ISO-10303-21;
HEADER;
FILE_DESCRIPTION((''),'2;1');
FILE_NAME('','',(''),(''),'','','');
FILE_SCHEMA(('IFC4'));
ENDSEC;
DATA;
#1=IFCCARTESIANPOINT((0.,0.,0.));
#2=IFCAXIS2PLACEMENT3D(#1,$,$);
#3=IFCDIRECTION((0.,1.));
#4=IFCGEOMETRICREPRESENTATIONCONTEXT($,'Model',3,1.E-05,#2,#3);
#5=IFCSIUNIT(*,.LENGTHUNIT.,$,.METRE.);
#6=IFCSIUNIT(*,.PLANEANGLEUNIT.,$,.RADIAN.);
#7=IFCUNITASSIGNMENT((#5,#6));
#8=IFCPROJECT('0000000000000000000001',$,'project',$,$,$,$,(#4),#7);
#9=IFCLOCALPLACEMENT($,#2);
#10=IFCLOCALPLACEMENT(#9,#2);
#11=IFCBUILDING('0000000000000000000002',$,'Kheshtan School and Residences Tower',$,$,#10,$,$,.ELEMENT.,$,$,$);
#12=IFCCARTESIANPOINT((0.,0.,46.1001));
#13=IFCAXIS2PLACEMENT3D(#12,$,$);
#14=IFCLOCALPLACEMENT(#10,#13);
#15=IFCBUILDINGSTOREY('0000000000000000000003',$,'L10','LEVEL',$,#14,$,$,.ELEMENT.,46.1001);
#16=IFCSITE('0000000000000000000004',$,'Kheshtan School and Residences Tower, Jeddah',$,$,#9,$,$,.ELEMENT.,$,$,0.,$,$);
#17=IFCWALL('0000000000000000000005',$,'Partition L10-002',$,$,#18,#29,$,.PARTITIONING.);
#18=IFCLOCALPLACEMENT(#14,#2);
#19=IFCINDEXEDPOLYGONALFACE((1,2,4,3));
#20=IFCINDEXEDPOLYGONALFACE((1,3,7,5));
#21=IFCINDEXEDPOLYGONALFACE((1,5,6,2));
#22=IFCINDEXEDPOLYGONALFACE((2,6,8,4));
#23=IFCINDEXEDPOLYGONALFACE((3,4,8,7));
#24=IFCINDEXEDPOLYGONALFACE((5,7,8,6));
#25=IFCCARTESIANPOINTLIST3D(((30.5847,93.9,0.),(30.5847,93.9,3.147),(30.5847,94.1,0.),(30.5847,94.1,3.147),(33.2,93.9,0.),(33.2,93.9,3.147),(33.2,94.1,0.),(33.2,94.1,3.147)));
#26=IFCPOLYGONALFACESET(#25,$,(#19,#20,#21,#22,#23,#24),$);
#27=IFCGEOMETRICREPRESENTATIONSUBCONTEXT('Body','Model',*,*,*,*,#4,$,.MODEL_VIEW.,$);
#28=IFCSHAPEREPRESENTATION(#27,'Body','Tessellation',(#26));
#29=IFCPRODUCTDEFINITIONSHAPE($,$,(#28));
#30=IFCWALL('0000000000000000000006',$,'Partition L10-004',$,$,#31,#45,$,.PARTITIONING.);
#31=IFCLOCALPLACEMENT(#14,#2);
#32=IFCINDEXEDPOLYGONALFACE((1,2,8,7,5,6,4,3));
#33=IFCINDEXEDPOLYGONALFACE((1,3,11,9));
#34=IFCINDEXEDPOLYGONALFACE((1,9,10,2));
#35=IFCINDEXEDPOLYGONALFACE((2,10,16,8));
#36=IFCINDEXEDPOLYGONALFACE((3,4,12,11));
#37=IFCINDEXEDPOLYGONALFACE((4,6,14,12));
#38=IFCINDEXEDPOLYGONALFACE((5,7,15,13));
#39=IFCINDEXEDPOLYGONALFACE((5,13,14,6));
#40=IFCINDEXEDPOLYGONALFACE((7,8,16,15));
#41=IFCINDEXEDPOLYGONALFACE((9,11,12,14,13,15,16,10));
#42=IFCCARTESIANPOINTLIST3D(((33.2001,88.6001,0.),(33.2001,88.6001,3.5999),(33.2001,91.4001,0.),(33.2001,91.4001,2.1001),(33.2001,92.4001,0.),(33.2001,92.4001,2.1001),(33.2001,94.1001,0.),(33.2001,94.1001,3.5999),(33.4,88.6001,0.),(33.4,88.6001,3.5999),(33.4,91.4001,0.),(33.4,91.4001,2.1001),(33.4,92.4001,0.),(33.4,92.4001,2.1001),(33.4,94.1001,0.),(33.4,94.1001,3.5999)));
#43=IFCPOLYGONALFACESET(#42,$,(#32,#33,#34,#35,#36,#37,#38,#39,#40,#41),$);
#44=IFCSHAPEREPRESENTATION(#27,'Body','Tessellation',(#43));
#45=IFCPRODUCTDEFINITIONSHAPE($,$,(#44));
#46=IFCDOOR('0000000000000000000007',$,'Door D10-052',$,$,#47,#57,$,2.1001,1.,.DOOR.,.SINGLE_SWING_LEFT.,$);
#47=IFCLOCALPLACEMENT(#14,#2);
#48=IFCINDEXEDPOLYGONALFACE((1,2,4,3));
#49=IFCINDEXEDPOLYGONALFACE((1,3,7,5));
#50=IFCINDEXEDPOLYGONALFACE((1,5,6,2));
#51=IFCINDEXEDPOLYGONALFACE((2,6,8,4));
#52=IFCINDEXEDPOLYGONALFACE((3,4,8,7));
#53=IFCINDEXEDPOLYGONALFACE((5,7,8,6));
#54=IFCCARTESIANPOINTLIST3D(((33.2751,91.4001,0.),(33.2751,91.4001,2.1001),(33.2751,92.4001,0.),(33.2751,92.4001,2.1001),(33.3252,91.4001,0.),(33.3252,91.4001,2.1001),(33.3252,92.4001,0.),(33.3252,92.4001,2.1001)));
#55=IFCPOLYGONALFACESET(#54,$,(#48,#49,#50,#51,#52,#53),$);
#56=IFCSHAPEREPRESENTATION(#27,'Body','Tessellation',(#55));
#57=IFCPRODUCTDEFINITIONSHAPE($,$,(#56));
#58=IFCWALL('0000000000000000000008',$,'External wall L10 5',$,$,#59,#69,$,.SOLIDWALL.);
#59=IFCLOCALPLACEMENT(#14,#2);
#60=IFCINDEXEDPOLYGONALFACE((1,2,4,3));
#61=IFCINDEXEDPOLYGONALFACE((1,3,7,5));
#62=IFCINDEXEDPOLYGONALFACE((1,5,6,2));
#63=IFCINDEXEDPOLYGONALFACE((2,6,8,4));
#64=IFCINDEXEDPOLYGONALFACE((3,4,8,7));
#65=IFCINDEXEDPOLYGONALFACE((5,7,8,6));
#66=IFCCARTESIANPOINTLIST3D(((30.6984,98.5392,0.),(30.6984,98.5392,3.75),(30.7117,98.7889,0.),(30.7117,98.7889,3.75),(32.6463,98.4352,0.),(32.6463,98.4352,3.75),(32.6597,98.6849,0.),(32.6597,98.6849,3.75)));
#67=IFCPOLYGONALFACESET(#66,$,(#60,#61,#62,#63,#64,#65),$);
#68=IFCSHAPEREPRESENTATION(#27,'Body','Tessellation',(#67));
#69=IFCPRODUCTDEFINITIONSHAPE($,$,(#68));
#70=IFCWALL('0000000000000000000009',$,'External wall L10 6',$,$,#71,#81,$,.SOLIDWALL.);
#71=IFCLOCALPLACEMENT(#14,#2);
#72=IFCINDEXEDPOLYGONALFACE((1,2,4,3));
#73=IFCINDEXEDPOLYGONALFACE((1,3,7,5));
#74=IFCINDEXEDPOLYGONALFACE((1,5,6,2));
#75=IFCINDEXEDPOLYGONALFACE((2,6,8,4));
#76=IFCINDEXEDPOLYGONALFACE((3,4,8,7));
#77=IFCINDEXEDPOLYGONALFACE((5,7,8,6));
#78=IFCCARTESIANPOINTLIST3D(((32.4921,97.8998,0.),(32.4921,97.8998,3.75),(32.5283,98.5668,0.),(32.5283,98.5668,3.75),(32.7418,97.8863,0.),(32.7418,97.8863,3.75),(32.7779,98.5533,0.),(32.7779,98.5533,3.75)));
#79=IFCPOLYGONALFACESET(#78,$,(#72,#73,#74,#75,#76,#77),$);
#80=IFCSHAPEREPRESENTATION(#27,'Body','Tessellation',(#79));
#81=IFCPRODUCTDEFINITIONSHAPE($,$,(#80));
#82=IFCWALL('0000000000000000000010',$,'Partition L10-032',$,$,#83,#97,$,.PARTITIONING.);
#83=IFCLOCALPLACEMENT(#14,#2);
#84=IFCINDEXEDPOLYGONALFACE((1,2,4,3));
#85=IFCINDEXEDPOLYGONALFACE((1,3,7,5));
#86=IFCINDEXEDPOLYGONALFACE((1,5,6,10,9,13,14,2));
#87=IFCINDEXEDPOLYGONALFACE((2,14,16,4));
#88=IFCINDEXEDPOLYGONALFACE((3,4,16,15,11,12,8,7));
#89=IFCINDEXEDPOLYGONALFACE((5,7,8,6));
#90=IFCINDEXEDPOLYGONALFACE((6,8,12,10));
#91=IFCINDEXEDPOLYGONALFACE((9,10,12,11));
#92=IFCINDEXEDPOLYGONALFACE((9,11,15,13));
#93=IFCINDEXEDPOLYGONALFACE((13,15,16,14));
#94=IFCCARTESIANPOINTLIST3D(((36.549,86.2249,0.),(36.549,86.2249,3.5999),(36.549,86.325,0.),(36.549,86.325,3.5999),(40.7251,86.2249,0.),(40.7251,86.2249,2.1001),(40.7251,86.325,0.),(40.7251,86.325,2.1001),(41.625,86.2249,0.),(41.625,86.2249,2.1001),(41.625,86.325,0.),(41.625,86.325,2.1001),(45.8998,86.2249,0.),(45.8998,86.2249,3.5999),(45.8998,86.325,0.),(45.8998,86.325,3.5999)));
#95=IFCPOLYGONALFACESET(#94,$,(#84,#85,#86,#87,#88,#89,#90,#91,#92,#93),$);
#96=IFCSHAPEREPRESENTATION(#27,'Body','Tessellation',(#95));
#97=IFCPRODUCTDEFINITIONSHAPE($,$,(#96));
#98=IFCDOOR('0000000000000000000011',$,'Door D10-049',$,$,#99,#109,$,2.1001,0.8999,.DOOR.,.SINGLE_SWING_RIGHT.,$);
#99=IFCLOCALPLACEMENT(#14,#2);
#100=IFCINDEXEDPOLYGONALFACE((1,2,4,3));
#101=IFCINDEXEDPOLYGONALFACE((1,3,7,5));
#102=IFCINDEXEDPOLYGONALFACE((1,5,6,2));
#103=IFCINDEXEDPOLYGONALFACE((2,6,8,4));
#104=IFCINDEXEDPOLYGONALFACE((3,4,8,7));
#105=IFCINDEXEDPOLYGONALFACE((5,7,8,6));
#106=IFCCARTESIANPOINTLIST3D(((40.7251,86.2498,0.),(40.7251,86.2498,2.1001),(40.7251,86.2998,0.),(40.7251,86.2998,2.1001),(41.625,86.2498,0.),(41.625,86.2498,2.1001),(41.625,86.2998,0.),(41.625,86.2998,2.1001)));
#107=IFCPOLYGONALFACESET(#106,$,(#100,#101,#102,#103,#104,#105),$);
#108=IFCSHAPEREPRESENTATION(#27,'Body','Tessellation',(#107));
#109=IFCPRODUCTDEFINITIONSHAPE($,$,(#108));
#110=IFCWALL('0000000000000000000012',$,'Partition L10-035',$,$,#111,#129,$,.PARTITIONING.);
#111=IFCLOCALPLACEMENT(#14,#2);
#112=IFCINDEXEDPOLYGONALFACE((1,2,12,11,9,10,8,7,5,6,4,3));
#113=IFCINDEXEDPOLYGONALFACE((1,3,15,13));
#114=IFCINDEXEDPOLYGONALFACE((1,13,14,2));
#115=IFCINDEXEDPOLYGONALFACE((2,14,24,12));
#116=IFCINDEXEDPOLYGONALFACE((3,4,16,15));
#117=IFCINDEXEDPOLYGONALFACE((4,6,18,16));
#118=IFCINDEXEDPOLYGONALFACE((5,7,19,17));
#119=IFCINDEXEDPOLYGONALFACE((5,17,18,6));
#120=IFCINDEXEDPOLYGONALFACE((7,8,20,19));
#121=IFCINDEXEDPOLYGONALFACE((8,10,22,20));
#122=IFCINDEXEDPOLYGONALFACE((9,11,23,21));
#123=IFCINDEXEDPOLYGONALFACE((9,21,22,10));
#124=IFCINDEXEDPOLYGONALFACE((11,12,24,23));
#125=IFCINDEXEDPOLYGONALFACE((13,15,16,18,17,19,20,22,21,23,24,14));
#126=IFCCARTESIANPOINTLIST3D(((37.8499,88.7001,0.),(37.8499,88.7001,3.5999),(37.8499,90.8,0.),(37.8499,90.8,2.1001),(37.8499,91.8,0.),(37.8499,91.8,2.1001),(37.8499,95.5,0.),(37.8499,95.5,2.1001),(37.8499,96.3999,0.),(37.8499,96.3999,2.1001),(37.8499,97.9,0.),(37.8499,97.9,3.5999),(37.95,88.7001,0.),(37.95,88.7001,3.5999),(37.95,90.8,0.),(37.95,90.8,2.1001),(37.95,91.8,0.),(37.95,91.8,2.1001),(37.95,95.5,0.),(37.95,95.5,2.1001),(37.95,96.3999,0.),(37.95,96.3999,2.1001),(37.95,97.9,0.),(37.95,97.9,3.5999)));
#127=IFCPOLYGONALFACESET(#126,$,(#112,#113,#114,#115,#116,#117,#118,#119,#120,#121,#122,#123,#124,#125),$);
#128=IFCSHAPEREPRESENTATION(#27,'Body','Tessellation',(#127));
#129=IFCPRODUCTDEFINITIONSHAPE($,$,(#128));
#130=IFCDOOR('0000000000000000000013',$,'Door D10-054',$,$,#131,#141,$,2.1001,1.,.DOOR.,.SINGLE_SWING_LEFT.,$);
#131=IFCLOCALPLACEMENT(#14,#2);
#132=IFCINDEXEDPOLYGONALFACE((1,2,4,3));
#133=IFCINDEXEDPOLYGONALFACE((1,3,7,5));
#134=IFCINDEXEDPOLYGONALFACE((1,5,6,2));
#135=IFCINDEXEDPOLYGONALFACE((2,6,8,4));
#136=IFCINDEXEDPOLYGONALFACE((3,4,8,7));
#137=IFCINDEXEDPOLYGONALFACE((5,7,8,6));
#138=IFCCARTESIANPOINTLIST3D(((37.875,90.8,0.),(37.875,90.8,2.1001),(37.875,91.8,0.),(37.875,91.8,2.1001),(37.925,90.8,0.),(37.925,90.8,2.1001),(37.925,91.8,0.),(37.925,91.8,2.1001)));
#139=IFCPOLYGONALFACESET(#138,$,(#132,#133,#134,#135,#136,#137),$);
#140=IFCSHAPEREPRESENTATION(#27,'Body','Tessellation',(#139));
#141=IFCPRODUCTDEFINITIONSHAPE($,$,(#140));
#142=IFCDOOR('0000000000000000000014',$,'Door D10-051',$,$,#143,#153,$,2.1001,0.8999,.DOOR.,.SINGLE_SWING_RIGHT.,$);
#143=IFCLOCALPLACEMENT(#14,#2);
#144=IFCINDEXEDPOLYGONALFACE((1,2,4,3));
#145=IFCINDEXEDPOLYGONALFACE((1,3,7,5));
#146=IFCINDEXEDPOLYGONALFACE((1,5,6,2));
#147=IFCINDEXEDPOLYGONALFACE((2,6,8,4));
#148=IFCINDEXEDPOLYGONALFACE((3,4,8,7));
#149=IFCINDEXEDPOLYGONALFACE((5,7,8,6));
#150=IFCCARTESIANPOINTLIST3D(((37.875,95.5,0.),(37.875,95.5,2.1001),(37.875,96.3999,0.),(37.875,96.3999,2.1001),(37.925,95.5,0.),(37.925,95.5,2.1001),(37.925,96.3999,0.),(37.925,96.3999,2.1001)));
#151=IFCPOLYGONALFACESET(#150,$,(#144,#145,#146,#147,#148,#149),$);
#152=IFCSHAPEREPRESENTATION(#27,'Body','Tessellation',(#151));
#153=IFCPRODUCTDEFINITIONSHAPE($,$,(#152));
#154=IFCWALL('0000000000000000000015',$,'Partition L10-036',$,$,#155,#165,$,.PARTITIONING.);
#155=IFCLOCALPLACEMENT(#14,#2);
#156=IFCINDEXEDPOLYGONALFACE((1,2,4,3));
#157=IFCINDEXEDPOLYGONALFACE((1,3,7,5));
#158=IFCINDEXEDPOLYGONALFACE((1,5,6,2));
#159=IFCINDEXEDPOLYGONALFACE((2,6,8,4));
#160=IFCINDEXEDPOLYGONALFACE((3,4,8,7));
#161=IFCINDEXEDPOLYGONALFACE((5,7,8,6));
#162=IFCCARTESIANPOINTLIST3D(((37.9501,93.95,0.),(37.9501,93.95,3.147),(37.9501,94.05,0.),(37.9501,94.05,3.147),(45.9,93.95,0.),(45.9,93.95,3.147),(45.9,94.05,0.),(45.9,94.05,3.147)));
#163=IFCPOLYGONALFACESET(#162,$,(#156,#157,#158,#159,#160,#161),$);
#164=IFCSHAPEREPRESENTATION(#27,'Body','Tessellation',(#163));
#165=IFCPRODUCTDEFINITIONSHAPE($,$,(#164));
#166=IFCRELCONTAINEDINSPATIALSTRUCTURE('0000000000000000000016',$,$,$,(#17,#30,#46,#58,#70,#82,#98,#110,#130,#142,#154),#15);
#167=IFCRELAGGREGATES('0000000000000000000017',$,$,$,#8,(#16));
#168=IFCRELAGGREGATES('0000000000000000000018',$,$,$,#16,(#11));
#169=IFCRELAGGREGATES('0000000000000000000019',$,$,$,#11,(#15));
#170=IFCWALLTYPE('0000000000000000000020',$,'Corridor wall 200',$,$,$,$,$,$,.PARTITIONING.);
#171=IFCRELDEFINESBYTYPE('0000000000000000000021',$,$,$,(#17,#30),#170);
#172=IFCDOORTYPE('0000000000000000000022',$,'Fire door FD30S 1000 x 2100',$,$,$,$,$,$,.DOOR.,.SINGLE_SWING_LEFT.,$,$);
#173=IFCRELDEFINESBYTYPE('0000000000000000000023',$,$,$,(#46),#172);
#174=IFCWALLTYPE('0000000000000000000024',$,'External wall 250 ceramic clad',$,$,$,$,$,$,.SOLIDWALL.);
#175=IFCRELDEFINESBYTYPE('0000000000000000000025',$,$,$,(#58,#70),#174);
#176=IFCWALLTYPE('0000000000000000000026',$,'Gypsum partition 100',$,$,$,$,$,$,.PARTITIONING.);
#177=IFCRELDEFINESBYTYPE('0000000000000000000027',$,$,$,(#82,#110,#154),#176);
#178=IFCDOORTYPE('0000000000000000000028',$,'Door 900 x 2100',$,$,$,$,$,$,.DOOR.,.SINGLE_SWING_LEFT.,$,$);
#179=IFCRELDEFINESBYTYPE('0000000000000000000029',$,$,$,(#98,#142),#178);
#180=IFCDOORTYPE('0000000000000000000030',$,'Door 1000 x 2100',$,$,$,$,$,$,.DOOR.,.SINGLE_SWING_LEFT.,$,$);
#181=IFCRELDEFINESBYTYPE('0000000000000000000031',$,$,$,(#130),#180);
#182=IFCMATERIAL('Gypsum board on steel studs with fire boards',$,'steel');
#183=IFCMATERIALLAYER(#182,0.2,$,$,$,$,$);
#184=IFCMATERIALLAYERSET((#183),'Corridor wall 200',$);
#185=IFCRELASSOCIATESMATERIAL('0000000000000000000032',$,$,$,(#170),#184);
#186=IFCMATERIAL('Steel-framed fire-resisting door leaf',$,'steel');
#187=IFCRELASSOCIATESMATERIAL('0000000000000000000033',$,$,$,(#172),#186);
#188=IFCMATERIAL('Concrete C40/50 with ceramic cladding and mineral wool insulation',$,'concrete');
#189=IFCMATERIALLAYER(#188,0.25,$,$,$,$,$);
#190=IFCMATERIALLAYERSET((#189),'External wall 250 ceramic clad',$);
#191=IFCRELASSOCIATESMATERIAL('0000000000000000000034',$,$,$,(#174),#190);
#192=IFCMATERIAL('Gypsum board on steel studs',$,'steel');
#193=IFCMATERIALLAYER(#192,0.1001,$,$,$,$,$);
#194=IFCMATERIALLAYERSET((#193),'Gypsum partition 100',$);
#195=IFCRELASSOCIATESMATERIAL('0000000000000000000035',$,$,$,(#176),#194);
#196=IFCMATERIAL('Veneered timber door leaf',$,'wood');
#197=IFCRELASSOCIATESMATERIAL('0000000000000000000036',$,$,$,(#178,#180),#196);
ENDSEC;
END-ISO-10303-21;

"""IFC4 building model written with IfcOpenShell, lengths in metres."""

from ifc_helpers import new_model, si_unit, direction, frame, frame_2d, origin, place, context, subcontext, project, spatial, rectangle, extrude, source, transform, mapped, material, layer, layer_set, type_object, element, fill, save


model = new_model("IFC4")

# Units and contexts
model_context = context("Model", 3, precision=1e-05, world=origin(), true_north=direction((0.0, 1.0)))
body_context = subcontext(model_context, "Body", "Model", "MODEL_VIEW")
ifc_project = project(units=[si_unit("LENGTHUNIT", "METRE"), si_unit("PLANEANGLEUNIT", "RADIAN")], contexts=[model_context])

# Site, building, storey
site_placement = place(None, origin())
site = spatial("IfcSite", under=ifc_project, at=site_placement, Name="Kheshtan School and Residences Tower, Jeddah", CompositionType="ELEMENT", RefElevation=0.0)
building_placement = place(site_placement, origin())
building = spatial("IfcBuilding", under=site, at=building_placement, Name="Kheshtan School and Residences Tower", CompositionType="ELEMENT")
storey_placement = place(building_placement, frame((0.0, 0.0, 46.1001)))
storey = spatial("IfcBuildingStorey", under=building, at=storey_placement, Name="L10", Description="LEVEL", CompositionType="ELEMENT", Elevation=46.1001)

# Wall
ifc_material_1 = material(Name="Gypsum board on steel studs with fire boards", Category="steel")
ifc_layer_1 = layer(ifc_material_1, 0.2)
ifc_layer_set_1 = layer_set([ifc_layer_1], Name="Corridor wall 200")
wall_type_1 = type_object("IfcWallType", Name="Corridor wall 200", PredefinedType="PARTITIONING", material=ifc_layer_set_1)
wall_1_placement = place(storey_placement, frame((30.5847, 94.0, 0.0), z_axis=(0.0, 0.0, 1.0), x_axis=(1.0, 0.0, 0.0)))
element("IfcWall", 1, at=wall_1_placement, inside=storey, type_object=wall_type_1, Name="Partition L10-002", PredefinedType="PARTITIONING", context=body_context, shape_type="SweptSolid", body=[
    extrude(rectangle(XDim=2.6152, YDim=0.2, at=frame_2d((1.3076, 0.0))), origin(), (0.0, 0.0, 1.0), 3.147),
])

# Wall, opening, door
wall_2_placement = place(storey_placement, frame((33.3, 88.6001, 0.0), z_axis=(0.0, 0.0, 1.0), x_axis=(0.0, 1.0, 0.0)))
wall_2 = element("IfcWall", 2, at=wall_2_placement, inside=storey, type_object=wall_type_1, Name="Partition L10-004", PredefinedType="PARTITIONING", context=body_context, shape_type="SweptSolid", body=[
    extrude(rectangle(XDim=5.5, YDim=0.2, at=frame_2d((2.75, 0.0))), origin(), (0.0, 0.0, 1.0), 3.5999),
])
opening_1_placement = place(wall_2_placement, frame((2.8, 0.0, 0.0)))
opening_1 = element("IfcOpeningElement", 3, at=opening_1_placement, cuts=wall_2, PredefinedType="OPENING", context=body_context, shape_type="SweptSolid", body=[
    extrude(rectangle(XDim=1.0, YDim=2.1001, at=frame_2d((0.5, 1.05))), frame((0.0, 0.1099, 0.0), z_axis=(0.0, -1.0, 0.0), x_axis=(1.0, 0.0, 0.0)), (0.0, 0.0, 1.0), 0.22),
])
ifc_material_2 = material(Name="Steel-framed fire-resisting door leaf", Category="steel")
door_type_1 = type_object("IfcDoorType", Name="Fire door FD30S 1000 x 2100", OperationType="SINGLE_SWING_LEFT", PredefinedType="DOOR", material=ifc_material_2)
shared_shape_1 = source(origin(), body_context, "Body", "SweptSolid", [
    extrude(rectangle(XDim=1.0, YDim=2.1001, at=frame_2d((0.5, 1.05))), frame((0.0, 0.0249, 0.0), z_axis=(0.0, -1.0, 0.0), x_axis=(1.0, 0.0, 0.0)), (0.0, 0.0, 1.0), 0.05),
])
door_1_placement = place(opening_1_placement, origin())
door_1 = element("IfcDoor", 4, at=door_1_placement, inside=storey, type_object=door_type_1, Name="Door D10-052", OperationType="SINGLE_SWING_LEFT", OverallHeight=2.1001, OverallWidth=1.0, PredefinedType="DOOR", context=body_context, shape_type="MappedRepresentation", body=[
    mapped(shared_shape_1, transform((0.0, 0.0, 0.0), x_axis=(1.0, 0.0, 0.0), y_axis=(0.0, 1.0, 0.0), z_axis=(0.0, 0.0, 1.0), scale=1.0)),
])
fill(opening_1, door_1)

# Walls
ifc_material_3 = material(Name="Concrete C40/50 with ceramic cladding and mineral wool insulation", Category="concrete")
ifc_layer_2 = layer(ifc_material_3, 0.25)
ifc_layer_set_2 = layer_set([ifc_layer_2], Name="External wall 250 ceramic clad")
wall_type_2 = type_object("IfcWallType", Name="External wall 250 ceramic clad", PredefinedType="SOLIDWALL", material=ifc_layer_set_2)
wall_3_placement = place(storey_placement, frame((30.7051, 98.6641, 0.0), z_axis=(0.0, 0.0, 1.0), x_axis=(0.998578, -0.053314, 0.0)))
element("IfcWall", 5, at=wall_3_placement, inside=storey, type_object=wall_type_2, Name="External wall L10 5", PredefinedType="SOLIDWALL", context=body_context, shape_type="SweptSolid", body=[
    extrude(rectangle(XDim=1.9507, YDim=0.25, at=frame_2d((0.9753, 0.0))), origin(), (0.0, 0.0, 1.0), 3.75),
])
wall_4_placement = place(storey_placement, frame((32.6531, 98.5601, 0.0), z_axis=(0.0, 0.0, 1.0), x_axis=(-0.054093, -0.998536, 0.0)))
element("IfcWall", 6, at=wall_4_placement, inside=storey, type_object=wall_type_2, Name="External wall L10 6", PredefinedType="SOLIDWALL", context=body_context, shape_type="SweptSolid", body=[
    extrude(rectangle(XDim=0.668, YDim=0.25, at=frame_2d((0.334, 0.0))), origin(), (0.0, 0.0, 1.0), 3.75),
])

# Wall, opening, door
ifc_material_4 = material(Name="Gypsum board on steel studs", Category="steel")
ifc_layer_3 = layer(ifc_material_4, 0.1001)
ifc_layer_set_3 = layer_set([ifc_layer_3], Name="Gypsum partition 100")
wall_type_3 = type_object("IfcWallType", Name="Gypsum partition 100", PredefinedType="PARTITIONING", material=ifc_layer_set_3)
wall_5_placement = place(storey_placement, frame((36.5491, 86.2749, 0.0), z_axis=(0.0, 0.0, 1.0), x_axis=(1.0, 0.0, 0.0)))
wall_5 = element("IfcWall", 7, at=wall_5_placement, inside=storey, type_object=wall_type_3, Name="Partition L10-032", PredefinedType="PARTITIONING", context=body_context, shape_type="SweptSolid", body=[
    extrude(rectangle(XDim=9.3508, YDim=0.1001, at=frame_2d((4.6753, 0.0))), origin(), (0.0, 0.0, 1.0), 3.5999),
])
opening_2_placement = place(wall_5_placement, frame((4.176, 0.0, 0.0)))
opening_2 = element("IfcOpeningElement", 8, at=opening_2_placement, cuts=wall_5, PredefinedType="OPENING", context=body_context, shape_type="SweptSolid", body=[
    extrude(rectangle(XDim=0.8999, YDim=2.1001, at=frame_2d((0.45, 1.05))), frame((0.0, 0.0601, 0.0), z_axis=(0.0, -1.0, 0.0), x_axis=(1.0, 0.0, 0.0)), (0.0, 0.0, 1.0), 0.1201),
])
ifc_material_5 = material(Name="Veneered timber door leaf", Category="wood")
door_type_2 = type_object("IfcDoorType", Name="Door 900 x 2100", OperationType="SINGLE_SWING_LEFT", PredefinedType="DOOR", material=ifc_material_5)
shared_shape_2 = source(origin(), body_context, "Body", "SweptSolid", [
    extrude(rectangle(XDim=0.8999, YDim=2.1001, at=frame_2d((0.45, 1.05))), frame((0.0, 0.0249, 0.0), z_axis=(0.0, -1.0, 0.0), x_axis=(1.0, 0.0, 0.0)), (0.0, 0.0, 1.0), 0.05),
])
door_2_placement = place(opening_2_placement, origin())
door_2 = element("IfcDoor", 9, at=door_2_placement, inside=storey, type_object=door_type_2, Name="Door D10-049", OperationType="SINGLE_SWING_RIGHT", OverallHeight=2.1001, OverallWidth=0.8999, PredefinedType="DOOR", context=body_context, shape_type="MappedRepresentation", body=[
    mapped(shared_shape_2, transform((0.0, 0.0, 0.0), x_axis=(1.0, 0.0, 0.0), y_axis=(0.0, 1.0, 0.0), z_axis=(0.0, 0.0, 1.0), scale=1.0)),
])
fill(opening_2, door_2)

# Wall, openings, doors
wall_6_placement = place(storey_placement, frame((37.8999, 88.7, 0.0), z_axis=(0.0, 0.0, 1.0), x_axis=(0.0, 1.0, 0.0)))
wall_6 = element("IfcWall", 10, at=wall_6_placement, inside=storey, type_object=wall_type_3, Name="Partition L10-035", PredefinedType="PARTITIONING", context=body_context, shape_type="SweptSolid", body=[
    extrude(rectangle(XDim=9.2, YDim=0.1001, at=frame_2d((4.6001, 0.0))), origin(), (0.0, 0.0, 1.0), 3.5999),
])
opening_3_placement = place(wall_6_placement, frame((6.8, 0.0, 0.0)))
opening_3 = element("IfcOpeningElement", 11, at=opening_3_placement, cuts=wall_6, PredefinedType="OPENING", context=body_context, shape_type="SweptSolid", body=[
    extrude(rectangle(XDim=0.8999, YDim=2.1001, at=frame_2d((0.45, 1.05))), frame((0.0, 0.0601, 0.0), z_axis=(0.0, -1.0, 0.0), x_axis=(1.0, 0.0, 0.0)), (0.0, 0.0, 1.0), 0.1201),
])
opening_4_placement = place(wall_6_placement, frame((2.1001, 0.0, 0.0)))
opening_4 = element("IfcOpeningElement", 12, at=opening_4_placement, cuts=wall_6, PredefinedType="OPENING", context=body_context, shape_type="SweptSolid", body=[
    extrude(rectangle(XDim=1.0, YDim=2.1001, at=frame_2d((0.5, 1.05))), frame((0.0, 0.0601, 0.0), z_axis=(0.0, -1.0, 0.0), x_axis=(1.0, 0.0, 0.0)), (0.0, 0.0, 1.0), 0.1201),
])
door_type_3 = type_object("IfcDoorType", Name="Door 1000 x 2100", OperationType="SINGLE_SWING_LEFT", PredefinedType="DOOR", material=ifc_material_5)
shared_shape_3 = source(origin(), body_context, "Body", "SweptSolid", [
    extrude(rectangle(XDim=1.0, YDim=2.1001, at=frame_2d((0.5, 1.05))), frame((0.0, 0.0249, 0.0), z_axis=(0.0, -1.0, 0.0), x_axis=(1.0, 0.0, 0.0)), (0.0, 0.0, 1.0), 0.05),
])
door_3_placement = place(opening_4_placement, origin())
door_3 = element("IfcDoor", 13, at=door_3_placement, inside=storey, type_object=door_type_3, Name="Door D10-054", OperationType="SINGLE_SWING_LEFT", OverallHeight=2.1001, OverallWidth=1.0, PredefinedType="DOOR", context=body_context, shape_type="MappedRepresentation", body=[
    mapped(shared_shape_3, transform((0.0, 0.0, 0.0), x_axis=(1.0, 0.0, 0.0), y_axis=(0.0, 1.0, 0.0), z_axis=(0.0, 0.0, 1.0), scale=1.0)),
])
fill(opening_4, door_3)
door_4_placement = place(opening_3_placement, origin())
door_4 = element("IfcDoor", 14, at=door_4_placement, inside=storey, type_object=door_type_2, Name="Door D10-051", OperationType="SINGLE_SWING_RIGHT", OverallHeight=2.1001, OverallWidth=0.8999, PredefinedType="DOOR", context=body_context, shape_type="MappedRepresentation", body=[
    mapped(shared_shape_2, transform((0.0, 0.0, 0.0), x_axis=(1.0, 0.0, 0.0), y_axis=(0.0, 1.0, 0.0), z_axis=(0.0, 0.0, 1.0), scale=1.0)),
])
fill(opening_3, door_4)

# Wall
wall_7_placement = place(storey_placement, frame((37.95, 94.0, 0.0), z_axis=(0.0, 0.0, 1.0), x_axis=(1.0, 0.0, 0.0)))
element("IfcWall", 15, at=wall_7_placement, inside=storey, type_object=wall_type_3, Name="Partition L10-036", PredefinedType="PARTITIONING", context=body_context, shape_type="SweptSolid", body=[
    extrude(rectangle(XDim=7.95, YDim=0.1001, at=frame_2d((3.9751, 0.0))), origin(), (0.0, 0.0, 1.0), 3.147),
])

save(model, "model.ifc")
